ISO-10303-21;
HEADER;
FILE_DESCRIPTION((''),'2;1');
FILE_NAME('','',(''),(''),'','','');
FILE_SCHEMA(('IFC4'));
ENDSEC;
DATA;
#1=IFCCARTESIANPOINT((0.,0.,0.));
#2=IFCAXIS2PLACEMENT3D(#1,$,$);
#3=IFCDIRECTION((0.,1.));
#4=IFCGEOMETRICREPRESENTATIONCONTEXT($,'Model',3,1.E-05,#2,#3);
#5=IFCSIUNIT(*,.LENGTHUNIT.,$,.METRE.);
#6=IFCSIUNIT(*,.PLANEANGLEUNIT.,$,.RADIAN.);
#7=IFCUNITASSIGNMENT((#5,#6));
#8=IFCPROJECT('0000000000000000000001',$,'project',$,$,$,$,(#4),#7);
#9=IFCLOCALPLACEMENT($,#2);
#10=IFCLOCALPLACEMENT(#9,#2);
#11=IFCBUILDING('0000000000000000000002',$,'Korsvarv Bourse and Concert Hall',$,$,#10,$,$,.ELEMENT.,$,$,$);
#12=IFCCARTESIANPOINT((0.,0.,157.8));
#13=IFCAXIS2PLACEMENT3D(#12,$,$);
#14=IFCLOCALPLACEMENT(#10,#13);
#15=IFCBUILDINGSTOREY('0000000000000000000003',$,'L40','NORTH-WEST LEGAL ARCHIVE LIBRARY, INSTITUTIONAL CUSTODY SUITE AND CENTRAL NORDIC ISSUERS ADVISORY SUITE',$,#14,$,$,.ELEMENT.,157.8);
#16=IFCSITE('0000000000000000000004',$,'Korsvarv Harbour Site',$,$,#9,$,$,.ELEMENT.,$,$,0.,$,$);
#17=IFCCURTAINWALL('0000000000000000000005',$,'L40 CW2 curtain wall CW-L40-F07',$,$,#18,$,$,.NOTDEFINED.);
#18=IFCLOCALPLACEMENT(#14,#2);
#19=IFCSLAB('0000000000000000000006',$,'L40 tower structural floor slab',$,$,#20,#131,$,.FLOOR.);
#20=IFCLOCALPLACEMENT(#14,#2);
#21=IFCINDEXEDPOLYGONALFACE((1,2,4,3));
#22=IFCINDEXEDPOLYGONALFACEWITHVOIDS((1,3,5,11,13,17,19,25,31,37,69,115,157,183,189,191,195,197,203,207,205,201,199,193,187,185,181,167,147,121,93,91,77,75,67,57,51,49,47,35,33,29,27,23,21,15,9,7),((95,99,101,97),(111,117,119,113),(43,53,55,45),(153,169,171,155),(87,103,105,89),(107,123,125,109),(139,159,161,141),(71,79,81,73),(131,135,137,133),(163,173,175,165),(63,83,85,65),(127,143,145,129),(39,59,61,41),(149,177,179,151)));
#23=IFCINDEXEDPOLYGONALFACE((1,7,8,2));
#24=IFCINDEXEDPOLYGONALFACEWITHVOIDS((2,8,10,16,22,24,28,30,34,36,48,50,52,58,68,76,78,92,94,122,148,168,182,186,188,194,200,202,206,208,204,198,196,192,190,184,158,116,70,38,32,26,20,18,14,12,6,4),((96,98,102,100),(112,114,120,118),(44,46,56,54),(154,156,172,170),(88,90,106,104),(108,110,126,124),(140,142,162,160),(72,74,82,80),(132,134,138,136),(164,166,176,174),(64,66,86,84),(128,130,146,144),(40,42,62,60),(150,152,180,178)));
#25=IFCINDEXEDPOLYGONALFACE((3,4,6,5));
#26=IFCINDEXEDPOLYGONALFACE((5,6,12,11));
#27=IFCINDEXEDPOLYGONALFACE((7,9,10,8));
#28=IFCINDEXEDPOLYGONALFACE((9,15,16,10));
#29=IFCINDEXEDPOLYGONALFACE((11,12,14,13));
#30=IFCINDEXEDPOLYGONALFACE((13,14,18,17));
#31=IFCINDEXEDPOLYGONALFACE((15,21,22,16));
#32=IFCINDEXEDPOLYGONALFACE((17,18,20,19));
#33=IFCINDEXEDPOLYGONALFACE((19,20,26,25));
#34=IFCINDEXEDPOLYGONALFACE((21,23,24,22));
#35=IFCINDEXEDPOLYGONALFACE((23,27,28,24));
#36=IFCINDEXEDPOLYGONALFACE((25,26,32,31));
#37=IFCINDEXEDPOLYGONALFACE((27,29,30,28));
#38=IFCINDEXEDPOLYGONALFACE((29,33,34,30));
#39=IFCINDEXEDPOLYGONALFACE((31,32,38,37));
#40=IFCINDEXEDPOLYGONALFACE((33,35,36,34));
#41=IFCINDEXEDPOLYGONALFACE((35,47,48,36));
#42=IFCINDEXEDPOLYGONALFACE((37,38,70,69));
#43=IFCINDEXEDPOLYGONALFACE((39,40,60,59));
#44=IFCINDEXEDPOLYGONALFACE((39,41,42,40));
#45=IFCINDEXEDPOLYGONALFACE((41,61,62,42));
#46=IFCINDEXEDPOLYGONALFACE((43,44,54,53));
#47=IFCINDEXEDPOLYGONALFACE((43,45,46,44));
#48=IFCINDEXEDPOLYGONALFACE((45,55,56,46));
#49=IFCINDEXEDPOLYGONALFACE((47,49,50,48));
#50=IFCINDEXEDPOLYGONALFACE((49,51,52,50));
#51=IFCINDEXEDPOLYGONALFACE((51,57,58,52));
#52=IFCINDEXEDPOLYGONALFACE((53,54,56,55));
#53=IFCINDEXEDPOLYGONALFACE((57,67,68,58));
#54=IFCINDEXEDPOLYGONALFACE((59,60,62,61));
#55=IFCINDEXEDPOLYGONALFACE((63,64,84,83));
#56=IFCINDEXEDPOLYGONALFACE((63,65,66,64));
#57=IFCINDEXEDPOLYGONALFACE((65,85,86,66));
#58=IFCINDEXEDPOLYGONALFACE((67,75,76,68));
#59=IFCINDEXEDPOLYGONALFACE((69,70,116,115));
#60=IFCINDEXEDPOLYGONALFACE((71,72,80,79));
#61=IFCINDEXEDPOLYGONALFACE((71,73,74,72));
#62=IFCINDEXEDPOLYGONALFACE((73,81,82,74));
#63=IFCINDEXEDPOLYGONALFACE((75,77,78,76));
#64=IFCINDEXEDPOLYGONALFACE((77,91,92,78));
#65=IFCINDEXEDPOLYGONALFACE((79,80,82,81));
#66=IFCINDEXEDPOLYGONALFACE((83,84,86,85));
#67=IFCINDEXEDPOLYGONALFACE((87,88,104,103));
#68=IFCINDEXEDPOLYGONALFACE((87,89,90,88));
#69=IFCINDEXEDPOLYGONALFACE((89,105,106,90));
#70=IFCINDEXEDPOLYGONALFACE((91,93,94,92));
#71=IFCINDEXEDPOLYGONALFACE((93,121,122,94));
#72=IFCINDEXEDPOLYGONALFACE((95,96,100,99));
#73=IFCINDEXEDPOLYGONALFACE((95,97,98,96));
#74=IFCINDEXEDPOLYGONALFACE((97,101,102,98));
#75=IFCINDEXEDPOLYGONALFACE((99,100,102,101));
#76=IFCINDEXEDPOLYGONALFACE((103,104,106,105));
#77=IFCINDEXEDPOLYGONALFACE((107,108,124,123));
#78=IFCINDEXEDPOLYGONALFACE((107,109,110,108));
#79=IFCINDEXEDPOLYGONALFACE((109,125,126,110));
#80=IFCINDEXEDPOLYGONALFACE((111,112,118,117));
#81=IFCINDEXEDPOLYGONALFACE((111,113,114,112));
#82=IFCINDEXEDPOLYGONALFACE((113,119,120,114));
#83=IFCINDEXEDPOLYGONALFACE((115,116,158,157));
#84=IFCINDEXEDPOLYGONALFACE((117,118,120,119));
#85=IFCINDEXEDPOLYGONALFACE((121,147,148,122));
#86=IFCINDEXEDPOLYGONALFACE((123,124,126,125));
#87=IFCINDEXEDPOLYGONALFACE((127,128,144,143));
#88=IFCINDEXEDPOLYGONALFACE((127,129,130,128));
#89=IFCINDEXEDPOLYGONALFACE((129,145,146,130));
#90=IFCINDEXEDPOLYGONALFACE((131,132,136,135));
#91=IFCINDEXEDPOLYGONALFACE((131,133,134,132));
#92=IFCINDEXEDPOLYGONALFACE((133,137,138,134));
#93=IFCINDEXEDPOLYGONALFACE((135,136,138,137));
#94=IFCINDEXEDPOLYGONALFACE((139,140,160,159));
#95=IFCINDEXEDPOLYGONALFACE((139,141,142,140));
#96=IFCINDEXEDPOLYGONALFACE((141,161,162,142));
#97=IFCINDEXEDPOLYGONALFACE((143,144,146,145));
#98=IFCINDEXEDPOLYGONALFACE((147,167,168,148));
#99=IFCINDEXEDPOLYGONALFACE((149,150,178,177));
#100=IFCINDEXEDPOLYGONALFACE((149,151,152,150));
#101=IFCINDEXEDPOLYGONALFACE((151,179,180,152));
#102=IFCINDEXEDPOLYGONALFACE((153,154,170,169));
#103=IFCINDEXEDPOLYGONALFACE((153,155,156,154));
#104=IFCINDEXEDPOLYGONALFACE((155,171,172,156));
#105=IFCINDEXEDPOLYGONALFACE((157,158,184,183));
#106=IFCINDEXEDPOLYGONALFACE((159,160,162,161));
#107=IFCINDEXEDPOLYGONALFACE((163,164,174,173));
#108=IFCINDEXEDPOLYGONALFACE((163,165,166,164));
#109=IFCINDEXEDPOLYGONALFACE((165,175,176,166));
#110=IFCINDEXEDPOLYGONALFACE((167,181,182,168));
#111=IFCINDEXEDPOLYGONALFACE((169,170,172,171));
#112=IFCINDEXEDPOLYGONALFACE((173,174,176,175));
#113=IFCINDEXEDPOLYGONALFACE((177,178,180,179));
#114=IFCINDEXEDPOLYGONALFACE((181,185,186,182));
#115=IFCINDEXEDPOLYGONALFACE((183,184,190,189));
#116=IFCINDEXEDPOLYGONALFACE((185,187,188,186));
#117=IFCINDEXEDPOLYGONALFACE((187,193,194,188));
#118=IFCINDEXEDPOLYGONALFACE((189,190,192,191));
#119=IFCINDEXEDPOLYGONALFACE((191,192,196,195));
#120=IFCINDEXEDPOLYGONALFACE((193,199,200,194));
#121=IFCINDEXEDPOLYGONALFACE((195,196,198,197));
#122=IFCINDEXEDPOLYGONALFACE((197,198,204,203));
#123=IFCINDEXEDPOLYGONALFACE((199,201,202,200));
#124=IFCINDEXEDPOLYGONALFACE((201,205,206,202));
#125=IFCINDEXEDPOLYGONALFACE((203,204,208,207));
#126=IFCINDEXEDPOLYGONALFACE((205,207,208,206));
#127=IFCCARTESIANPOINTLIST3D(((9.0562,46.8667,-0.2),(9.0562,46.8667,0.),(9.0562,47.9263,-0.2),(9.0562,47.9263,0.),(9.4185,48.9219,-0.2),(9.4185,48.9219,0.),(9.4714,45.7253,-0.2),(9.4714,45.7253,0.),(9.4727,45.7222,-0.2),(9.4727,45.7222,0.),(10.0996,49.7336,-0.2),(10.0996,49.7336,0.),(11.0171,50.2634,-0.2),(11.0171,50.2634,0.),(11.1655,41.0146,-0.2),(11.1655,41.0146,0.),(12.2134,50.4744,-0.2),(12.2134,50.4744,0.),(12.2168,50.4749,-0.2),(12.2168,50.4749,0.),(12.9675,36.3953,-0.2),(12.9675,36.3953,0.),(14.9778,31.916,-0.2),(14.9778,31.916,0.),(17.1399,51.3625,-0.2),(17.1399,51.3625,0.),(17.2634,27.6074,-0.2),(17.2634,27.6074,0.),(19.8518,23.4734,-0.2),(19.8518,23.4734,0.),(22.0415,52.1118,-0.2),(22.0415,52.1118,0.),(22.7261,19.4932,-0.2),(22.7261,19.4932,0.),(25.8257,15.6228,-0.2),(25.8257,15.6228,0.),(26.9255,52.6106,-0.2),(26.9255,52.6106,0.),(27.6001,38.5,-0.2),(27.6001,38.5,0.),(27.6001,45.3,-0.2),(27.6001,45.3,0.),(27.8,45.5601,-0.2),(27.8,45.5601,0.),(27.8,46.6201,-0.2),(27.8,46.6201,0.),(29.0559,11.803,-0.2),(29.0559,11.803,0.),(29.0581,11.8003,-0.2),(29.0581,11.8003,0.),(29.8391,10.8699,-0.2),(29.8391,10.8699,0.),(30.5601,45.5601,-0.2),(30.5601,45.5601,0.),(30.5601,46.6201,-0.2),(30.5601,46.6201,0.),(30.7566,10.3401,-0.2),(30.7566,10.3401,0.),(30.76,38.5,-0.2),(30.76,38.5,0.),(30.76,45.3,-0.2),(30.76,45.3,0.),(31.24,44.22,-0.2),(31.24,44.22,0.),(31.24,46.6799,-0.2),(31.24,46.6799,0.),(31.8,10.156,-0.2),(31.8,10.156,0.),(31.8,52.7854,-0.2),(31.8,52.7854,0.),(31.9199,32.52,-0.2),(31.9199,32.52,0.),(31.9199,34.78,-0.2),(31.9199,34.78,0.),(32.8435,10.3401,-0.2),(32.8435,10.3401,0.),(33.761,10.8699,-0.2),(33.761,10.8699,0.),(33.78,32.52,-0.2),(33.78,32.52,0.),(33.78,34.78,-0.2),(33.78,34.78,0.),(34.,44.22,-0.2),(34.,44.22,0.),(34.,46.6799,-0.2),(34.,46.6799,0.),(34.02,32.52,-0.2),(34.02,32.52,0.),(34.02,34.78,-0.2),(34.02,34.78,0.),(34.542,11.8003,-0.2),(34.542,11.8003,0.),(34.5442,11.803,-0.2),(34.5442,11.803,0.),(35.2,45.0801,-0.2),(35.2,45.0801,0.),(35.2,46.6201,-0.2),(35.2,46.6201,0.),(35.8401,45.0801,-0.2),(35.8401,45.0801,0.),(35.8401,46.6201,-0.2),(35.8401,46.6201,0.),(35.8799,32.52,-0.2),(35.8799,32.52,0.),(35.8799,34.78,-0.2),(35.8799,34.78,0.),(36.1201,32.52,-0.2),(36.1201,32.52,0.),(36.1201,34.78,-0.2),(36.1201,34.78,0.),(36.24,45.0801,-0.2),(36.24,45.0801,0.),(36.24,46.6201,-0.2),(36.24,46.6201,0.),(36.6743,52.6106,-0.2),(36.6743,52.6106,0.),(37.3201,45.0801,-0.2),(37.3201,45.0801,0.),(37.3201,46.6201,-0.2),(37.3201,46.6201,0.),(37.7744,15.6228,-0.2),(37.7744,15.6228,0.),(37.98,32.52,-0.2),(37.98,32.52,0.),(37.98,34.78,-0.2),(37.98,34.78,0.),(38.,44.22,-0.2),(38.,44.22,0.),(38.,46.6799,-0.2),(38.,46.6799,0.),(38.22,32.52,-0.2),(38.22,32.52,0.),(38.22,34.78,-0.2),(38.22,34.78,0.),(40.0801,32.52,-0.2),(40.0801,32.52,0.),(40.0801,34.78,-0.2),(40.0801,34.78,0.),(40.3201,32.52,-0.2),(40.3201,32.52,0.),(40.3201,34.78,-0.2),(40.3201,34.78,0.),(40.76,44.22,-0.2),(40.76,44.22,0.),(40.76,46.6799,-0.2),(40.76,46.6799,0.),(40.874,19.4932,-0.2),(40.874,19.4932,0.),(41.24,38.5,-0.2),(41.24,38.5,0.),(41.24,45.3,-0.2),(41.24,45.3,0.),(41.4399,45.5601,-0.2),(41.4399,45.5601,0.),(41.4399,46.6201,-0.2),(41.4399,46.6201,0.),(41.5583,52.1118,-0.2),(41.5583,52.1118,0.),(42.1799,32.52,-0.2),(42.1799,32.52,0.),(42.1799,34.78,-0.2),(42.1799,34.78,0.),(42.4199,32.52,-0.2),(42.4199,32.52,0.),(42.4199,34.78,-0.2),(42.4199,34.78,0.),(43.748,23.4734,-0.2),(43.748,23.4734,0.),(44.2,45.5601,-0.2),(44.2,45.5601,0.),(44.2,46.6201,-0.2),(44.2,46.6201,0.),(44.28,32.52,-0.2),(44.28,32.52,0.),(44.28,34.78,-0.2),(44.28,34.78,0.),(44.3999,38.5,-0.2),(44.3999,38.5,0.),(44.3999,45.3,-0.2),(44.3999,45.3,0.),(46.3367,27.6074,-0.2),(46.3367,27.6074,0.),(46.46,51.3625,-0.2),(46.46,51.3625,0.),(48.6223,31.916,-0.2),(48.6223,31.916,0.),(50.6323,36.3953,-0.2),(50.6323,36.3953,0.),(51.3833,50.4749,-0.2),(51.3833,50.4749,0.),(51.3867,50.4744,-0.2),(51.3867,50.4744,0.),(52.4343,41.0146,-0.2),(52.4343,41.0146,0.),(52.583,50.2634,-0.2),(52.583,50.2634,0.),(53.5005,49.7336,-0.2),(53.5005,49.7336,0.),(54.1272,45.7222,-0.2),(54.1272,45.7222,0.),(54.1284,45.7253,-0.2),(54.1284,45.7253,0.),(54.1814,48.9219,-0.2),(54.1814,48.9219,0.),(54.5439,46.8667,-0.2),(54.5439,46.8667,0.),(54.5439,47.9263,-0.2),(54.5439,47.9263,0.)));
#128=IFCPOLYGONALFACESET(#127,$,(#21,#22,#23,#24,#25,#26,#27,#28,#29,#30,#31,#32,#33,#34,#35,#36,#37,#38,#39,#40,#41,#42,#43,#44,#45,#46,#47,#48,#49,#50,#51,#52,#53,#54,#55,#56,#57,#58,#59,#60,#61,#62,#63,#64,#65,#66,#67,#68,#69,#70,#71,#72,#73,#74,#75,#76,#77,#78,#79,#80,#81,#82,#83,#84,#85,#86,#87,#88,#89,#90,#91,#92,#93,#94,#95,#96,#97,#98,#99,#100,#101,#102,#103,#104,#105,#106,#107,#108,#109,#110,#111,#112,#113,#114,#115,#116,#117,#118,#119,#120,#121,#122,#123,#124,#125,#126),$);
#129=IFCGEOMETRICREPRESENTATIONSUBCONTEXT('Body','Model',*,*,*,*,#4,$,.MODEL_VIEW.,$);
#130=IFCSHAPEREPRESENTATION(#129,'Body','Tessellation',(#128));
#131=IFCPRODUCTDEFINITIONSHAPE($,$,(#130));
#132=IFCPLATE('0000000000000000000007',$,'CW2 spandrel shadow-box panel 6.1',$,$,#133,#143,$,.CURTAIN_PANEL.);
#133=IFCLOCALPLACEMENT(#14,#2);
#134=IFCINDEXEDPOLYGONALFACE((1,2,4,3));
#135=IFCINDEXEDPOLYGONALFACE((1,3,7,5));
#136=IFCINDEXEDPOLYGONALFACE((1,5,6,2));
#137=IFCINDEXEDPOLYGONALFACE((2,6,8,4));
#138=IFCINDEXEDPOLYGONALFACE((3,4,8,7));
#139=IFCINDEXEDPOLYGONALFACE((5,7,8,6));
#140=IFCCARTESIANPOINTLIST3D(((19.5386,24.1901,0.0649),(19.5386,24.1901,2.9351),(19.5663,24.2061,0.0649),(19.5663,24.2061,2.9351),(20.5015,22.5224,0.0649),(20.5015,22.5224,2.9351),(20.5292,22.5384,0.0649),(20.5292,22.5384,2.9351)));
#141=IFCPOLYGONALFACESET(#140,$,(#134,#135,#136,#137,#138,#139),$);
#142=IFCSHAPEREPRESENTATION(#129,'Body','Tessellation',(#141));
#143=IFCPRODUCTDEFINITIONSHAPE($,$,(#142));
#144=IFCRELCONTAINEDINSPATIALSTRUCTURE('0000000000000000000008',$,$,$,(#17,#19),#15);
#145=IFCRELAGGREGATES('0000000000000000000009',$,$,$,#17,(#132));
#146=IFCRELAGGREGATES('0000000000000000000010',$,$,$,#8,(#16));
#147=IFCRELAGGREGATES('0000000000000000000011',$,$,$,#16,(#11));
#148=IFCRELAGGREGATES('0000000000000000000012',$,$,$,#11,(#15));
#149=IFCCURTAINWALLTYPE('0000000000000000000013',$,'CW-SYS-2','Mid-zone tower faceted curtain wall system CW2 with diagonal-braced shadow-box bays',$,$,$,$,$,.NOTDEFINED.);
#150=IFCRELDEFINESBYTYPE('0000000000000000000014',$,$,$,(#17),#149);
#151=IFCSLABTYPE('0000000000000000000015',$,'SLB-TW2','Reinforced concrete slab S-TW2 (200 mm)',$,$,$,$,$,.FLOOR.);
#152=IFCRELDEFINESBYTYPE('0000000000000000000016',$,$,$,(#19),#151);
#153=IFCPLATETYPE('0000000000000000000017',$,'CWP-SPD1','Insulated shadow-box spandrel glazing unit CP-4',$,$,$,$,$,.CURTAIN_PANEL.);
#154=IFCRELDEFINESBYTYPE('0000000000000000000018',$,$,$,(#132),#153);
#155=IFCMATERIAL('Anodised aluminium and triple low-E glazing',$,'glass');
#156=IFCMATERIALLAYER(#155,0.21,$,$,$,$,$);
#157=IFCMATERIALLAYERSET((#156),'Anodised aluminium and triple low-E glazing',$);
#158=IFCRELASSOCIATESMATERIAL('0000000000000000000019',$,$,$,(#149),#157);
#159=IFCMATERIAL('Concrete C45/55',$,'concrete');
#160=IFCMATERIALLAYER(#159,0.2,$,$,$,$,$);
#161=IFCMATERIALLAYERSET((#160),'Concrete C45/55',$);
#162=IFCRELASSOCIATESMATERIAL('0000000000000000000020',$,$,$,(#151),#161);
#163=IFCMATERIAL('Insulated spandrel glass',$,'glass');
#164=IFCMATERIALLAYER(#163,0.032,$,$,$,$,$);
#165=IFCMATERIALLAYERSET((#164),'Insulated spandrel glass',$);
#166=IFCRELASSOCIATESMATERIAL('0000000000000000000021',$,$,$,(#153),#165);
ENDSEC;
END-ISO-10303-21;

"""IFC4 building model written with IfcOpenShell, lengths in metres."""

from ifc_helpers import new_model, si_unit, direction, frame, origin, origin_2d, place, context, subcontext, project, spatial, polyline, rectangle, outline, extrude, source, transform, mapped, material, layer, layer_set, type_object, element, aggregate, save


model = new_model("IFC4")

# Units and contexts
model_context = context("Model", 3, precision=1e-05, world=origin(), true_north=direction((0.0, 1.0)))
body_context = subcontext(model_context, "Body", "Model", "MODEL_VIEW")
ifc_project = project(units=[si_unit("LENGTHUNIT", "METRE"), si_unit("PLANEANGLEUNIT", "RADIAN")], contexts=[model_context])

# Site, building, storey
site_placement = place(None, origin())
site = spatial("IfcSite", under=ifc_project, at=site_placement, Name="Korsvarv Harbour Site", CompositionType="ELEMENT", RefElevation=0.0)
building_placement = place(site_placement, origin())
building = spatial("IfcBuilding", under=site, at=building_placement, Name="Korsvarv Bourse and Concert Hall", CompositionType="ELEMENT")
storey_placement = place(building_placement, frame((0.0, 0.0, 157.8)))
storey = spatial("IfcBuildingStorey", under=building, at=storey_placement, Name="L40", Description="NORTH-WEST LEGAL ARCHIVE LIBRARY, INSTITUTIONAL CUSTODY SUITE AND CENTRAL NORDIC ISSUERS ADVISORY SUITE", CompositionType="ELEMENT", Elevation=157.8)

# Curtain wall
ifc_material_1 = material(Name="Anodised aluminium and triple low-E glazing", Category="glass")
ifc_layer_1 = layer(ifc_material_1, 0.21)
ifc_layer_set_1 = layer_set([ifc_layer_1], Name="Anodised aluminium and triple low-E glazing")
curtain_wall_type = type_object("IfcCurtainWallType", Name="CW-SYS-2", Description="Mid-zone tower faceted curtain wall system CW2 with diagonal-braced shadow-box bays", PredefinedType="NOTDEFINED", material=ifc_layer_set_1)
curtain_wall_placement = place(storey_placement, origin())
curtain_wall = element("IfcCurtainWall", 1, at=curtain_wall_placement, inside=storey, type_object=curtain_wall_type, Name="L40 CW2 curtain wall CW-L40-F07", PredefinedType="NOTDEFINED")

# Slab
ifc_material_2 = material(Name="Concrete C45/55", Category="concrete")
ifc_layer_2 = layer(ifc_material_2, 0.2)
ifc_layer_set_2 = layer_set([ifc_layer_2], Name="Concrete C45/55")
slab_type_1 = type_object("IfcSlabType", Name="SLB-TW2", Description="Reinforced concrete slab S-TW2 (200 mm)", PredefinedType="FLOOR", material=ifc_layer_set_2)
slab_1_placement = place(storey_placement, frame((0.0, 0.0, -0.2)))
element("IfcSlab", 2, at=slab_1_placement, inside=storey, type_object=slab_type_1, Name="L40 tower structural floor slab", PredefinedType="FLOOR", context=body_context, shape_type="SweptSolid", body=[
    extrude(outline(polyline([(54.1272, 45.7222), (52.4343, 41.0146), (50.6323, 36.3953), (48.6223, 31.916), (46.3367, 27.6074), (43.748, 23.4734), (40.874, 19.4932), (37.7744, 15.6228), (34.5442, 11.803), (34.542, 11.8003), (33.761, 10.8699), (32.8435, 10.3401), (31.8, 10.156), (30.7566, 10.3401), (29.8391, 10.8699), (29.0581, 11.8003), (29.0559, 11.803), (25.8257, 15.6228), (22.7261, 19.4932), (19.8518, 23.4734), (17.2634, 27.6074), (14.9778, 31.916), (12.9675, 36.3953), (11.1655, 41.0146), (9.4727, 45.7222), (9.4714, 45.7253), (9.0562, 46.8667), (9.0562, 47.9263), (9.4185, 48.9219), (10.0996, 49.7336), (11.0171, 50.2634), (12.2134, 50.4744), (12.2168, 50.4749), (17.1399, 51.3625), (22.0415, 52.1118), (26.9255, 52.6106), (31.8, 52.7854), (36.6743, 52.6106), (41.5583, 52.1118), (46.46, 51.3625), (51.3833, 50.4749), (51.3867, 50.4744), (52.583, 50.2634), (53.5005, 49.7336), (54.1814, 48.9219), (54.5439, 47.9263), (54.5439, 46.8667), (54.1284, 45.7253), (54.1272, 45.7222)]), holes=[polyline([(30.76, 38.5), (30.76, 45.3), (27.6001, 45.3), (27.6001, 38.5), (30.76, 38.5)]), polyline([(44.3999, 38.5), (44.3999, 45.3), (41.24, 45.3), (41.24, 38.5), (44.3999, 38.5)]), polyline([(31.24, 44.22), (34.0, 44.22), (34.0, 46.6799), (31.24, 46.6799), (31.24, 44.22)]), polyline([(38.0, 44.22), (40.76, 44.22), (40.76, 46.6799), (38.0, 46.6799), (38.0, 44.22)]), polyline([(31.9199, 32.52), (33.78, 32.52), (33.78, 34.78), (31.9199, 34.78), (31.9199, 32.52)]), polyline([(34.02, 32.52), (35.8799, 32.52), (35.8799, 34.78), (34.02, 34.78), (34.02, 32.52)]), polyline([(36.1201, 32.52), (37.98, 32.52), (37.98, 34.78), (36.1201, 34.78), (36.1201, 32.52)]), polyline([(38.22, 32.52), (40.0801, 32.52), (40.0801, 34.78), (38.22, 34.78), (38.22, 32.52)]), polyline([(40.3201, 32.52), (42.1799, 32.52), (42.1799, 34.78), (40.3201, 34.78), (40.3201, 32.52)]), polyline([(42.4199, 32.52), (44.28, 32.52), (44.28, 34.78), (42.4199, 34.78), (42.4199, 32.52)]), polyline([(27.8, 45.5601), (30.5601, 45.5601), (30.5601, 46.6201), (27.8, 46.6201), (27.8, 45.5601)]), polyline([(41.4399, 45.5601), (44.2, 45.5601), (44.2, 46.6201), (41.4399, 46.6201), (41.4399, 45.5601)]), polyline([(35.2, 45.0801), (35.8401, 45.0801), (35.8401, 46.6201), (35.2, 46.6201), (35.2, 45.0801)]), polyline([(36.24, 45.0801), (37.3201, 45.0801), (37.3201, 46.6201), (36.24, 46.6201), (36.24, 45.0801)])]), origin(), (0.0, 0.0, 1.0), 0.2),
])

# Plate
ifc_material_3 = material(Name="Insulated spandrel glass", Category="glass")
ifc_layer_3 = layer(ifc_material_3, 0.032)
ifc_layer_set_3 = layer_set([ifc_layer_3], Name="Insulated spandrel glass")
plate_type = type_object("IfcPlateType", Name="CWP-SPD1", Description="Insulated shadow-box spandrel glazing unit CP-4", PredefinedType="CURTAIN_PANEL", material=ifc_layer_set_3)
shared_shape_1 = source(origin(), body_context, "Body", "SweptSolid", [
    extrude(rectangle(XDim=1.9258, YDim=0.032, at=origin_2d()), origin(), (0.0, 0.0, 1.0), 2.8701),
])
plate_placement = place(storey_placement, frame((20.0339, 23.3643, 0.0649), z_axis=(0.0, 0.0, 1.0), x_axis=(0.500002, -0.866024, 0.0)))
plate = element("IfcPlate", 3, at=plate_placement, type_object=plate_type, Name="CW2 spandrel shadow-box panel 6.1", PredefinedType="CURTAIN_PANEL", context=body_context, shape_type="MappedRepresentation", body=[
    mapped(shared_shape_1, transform((0.0, 0.0, 0.0), scale=1.0)),
])
aggregate(curtain_wall, [plate])

save(model, "model.ifc")
